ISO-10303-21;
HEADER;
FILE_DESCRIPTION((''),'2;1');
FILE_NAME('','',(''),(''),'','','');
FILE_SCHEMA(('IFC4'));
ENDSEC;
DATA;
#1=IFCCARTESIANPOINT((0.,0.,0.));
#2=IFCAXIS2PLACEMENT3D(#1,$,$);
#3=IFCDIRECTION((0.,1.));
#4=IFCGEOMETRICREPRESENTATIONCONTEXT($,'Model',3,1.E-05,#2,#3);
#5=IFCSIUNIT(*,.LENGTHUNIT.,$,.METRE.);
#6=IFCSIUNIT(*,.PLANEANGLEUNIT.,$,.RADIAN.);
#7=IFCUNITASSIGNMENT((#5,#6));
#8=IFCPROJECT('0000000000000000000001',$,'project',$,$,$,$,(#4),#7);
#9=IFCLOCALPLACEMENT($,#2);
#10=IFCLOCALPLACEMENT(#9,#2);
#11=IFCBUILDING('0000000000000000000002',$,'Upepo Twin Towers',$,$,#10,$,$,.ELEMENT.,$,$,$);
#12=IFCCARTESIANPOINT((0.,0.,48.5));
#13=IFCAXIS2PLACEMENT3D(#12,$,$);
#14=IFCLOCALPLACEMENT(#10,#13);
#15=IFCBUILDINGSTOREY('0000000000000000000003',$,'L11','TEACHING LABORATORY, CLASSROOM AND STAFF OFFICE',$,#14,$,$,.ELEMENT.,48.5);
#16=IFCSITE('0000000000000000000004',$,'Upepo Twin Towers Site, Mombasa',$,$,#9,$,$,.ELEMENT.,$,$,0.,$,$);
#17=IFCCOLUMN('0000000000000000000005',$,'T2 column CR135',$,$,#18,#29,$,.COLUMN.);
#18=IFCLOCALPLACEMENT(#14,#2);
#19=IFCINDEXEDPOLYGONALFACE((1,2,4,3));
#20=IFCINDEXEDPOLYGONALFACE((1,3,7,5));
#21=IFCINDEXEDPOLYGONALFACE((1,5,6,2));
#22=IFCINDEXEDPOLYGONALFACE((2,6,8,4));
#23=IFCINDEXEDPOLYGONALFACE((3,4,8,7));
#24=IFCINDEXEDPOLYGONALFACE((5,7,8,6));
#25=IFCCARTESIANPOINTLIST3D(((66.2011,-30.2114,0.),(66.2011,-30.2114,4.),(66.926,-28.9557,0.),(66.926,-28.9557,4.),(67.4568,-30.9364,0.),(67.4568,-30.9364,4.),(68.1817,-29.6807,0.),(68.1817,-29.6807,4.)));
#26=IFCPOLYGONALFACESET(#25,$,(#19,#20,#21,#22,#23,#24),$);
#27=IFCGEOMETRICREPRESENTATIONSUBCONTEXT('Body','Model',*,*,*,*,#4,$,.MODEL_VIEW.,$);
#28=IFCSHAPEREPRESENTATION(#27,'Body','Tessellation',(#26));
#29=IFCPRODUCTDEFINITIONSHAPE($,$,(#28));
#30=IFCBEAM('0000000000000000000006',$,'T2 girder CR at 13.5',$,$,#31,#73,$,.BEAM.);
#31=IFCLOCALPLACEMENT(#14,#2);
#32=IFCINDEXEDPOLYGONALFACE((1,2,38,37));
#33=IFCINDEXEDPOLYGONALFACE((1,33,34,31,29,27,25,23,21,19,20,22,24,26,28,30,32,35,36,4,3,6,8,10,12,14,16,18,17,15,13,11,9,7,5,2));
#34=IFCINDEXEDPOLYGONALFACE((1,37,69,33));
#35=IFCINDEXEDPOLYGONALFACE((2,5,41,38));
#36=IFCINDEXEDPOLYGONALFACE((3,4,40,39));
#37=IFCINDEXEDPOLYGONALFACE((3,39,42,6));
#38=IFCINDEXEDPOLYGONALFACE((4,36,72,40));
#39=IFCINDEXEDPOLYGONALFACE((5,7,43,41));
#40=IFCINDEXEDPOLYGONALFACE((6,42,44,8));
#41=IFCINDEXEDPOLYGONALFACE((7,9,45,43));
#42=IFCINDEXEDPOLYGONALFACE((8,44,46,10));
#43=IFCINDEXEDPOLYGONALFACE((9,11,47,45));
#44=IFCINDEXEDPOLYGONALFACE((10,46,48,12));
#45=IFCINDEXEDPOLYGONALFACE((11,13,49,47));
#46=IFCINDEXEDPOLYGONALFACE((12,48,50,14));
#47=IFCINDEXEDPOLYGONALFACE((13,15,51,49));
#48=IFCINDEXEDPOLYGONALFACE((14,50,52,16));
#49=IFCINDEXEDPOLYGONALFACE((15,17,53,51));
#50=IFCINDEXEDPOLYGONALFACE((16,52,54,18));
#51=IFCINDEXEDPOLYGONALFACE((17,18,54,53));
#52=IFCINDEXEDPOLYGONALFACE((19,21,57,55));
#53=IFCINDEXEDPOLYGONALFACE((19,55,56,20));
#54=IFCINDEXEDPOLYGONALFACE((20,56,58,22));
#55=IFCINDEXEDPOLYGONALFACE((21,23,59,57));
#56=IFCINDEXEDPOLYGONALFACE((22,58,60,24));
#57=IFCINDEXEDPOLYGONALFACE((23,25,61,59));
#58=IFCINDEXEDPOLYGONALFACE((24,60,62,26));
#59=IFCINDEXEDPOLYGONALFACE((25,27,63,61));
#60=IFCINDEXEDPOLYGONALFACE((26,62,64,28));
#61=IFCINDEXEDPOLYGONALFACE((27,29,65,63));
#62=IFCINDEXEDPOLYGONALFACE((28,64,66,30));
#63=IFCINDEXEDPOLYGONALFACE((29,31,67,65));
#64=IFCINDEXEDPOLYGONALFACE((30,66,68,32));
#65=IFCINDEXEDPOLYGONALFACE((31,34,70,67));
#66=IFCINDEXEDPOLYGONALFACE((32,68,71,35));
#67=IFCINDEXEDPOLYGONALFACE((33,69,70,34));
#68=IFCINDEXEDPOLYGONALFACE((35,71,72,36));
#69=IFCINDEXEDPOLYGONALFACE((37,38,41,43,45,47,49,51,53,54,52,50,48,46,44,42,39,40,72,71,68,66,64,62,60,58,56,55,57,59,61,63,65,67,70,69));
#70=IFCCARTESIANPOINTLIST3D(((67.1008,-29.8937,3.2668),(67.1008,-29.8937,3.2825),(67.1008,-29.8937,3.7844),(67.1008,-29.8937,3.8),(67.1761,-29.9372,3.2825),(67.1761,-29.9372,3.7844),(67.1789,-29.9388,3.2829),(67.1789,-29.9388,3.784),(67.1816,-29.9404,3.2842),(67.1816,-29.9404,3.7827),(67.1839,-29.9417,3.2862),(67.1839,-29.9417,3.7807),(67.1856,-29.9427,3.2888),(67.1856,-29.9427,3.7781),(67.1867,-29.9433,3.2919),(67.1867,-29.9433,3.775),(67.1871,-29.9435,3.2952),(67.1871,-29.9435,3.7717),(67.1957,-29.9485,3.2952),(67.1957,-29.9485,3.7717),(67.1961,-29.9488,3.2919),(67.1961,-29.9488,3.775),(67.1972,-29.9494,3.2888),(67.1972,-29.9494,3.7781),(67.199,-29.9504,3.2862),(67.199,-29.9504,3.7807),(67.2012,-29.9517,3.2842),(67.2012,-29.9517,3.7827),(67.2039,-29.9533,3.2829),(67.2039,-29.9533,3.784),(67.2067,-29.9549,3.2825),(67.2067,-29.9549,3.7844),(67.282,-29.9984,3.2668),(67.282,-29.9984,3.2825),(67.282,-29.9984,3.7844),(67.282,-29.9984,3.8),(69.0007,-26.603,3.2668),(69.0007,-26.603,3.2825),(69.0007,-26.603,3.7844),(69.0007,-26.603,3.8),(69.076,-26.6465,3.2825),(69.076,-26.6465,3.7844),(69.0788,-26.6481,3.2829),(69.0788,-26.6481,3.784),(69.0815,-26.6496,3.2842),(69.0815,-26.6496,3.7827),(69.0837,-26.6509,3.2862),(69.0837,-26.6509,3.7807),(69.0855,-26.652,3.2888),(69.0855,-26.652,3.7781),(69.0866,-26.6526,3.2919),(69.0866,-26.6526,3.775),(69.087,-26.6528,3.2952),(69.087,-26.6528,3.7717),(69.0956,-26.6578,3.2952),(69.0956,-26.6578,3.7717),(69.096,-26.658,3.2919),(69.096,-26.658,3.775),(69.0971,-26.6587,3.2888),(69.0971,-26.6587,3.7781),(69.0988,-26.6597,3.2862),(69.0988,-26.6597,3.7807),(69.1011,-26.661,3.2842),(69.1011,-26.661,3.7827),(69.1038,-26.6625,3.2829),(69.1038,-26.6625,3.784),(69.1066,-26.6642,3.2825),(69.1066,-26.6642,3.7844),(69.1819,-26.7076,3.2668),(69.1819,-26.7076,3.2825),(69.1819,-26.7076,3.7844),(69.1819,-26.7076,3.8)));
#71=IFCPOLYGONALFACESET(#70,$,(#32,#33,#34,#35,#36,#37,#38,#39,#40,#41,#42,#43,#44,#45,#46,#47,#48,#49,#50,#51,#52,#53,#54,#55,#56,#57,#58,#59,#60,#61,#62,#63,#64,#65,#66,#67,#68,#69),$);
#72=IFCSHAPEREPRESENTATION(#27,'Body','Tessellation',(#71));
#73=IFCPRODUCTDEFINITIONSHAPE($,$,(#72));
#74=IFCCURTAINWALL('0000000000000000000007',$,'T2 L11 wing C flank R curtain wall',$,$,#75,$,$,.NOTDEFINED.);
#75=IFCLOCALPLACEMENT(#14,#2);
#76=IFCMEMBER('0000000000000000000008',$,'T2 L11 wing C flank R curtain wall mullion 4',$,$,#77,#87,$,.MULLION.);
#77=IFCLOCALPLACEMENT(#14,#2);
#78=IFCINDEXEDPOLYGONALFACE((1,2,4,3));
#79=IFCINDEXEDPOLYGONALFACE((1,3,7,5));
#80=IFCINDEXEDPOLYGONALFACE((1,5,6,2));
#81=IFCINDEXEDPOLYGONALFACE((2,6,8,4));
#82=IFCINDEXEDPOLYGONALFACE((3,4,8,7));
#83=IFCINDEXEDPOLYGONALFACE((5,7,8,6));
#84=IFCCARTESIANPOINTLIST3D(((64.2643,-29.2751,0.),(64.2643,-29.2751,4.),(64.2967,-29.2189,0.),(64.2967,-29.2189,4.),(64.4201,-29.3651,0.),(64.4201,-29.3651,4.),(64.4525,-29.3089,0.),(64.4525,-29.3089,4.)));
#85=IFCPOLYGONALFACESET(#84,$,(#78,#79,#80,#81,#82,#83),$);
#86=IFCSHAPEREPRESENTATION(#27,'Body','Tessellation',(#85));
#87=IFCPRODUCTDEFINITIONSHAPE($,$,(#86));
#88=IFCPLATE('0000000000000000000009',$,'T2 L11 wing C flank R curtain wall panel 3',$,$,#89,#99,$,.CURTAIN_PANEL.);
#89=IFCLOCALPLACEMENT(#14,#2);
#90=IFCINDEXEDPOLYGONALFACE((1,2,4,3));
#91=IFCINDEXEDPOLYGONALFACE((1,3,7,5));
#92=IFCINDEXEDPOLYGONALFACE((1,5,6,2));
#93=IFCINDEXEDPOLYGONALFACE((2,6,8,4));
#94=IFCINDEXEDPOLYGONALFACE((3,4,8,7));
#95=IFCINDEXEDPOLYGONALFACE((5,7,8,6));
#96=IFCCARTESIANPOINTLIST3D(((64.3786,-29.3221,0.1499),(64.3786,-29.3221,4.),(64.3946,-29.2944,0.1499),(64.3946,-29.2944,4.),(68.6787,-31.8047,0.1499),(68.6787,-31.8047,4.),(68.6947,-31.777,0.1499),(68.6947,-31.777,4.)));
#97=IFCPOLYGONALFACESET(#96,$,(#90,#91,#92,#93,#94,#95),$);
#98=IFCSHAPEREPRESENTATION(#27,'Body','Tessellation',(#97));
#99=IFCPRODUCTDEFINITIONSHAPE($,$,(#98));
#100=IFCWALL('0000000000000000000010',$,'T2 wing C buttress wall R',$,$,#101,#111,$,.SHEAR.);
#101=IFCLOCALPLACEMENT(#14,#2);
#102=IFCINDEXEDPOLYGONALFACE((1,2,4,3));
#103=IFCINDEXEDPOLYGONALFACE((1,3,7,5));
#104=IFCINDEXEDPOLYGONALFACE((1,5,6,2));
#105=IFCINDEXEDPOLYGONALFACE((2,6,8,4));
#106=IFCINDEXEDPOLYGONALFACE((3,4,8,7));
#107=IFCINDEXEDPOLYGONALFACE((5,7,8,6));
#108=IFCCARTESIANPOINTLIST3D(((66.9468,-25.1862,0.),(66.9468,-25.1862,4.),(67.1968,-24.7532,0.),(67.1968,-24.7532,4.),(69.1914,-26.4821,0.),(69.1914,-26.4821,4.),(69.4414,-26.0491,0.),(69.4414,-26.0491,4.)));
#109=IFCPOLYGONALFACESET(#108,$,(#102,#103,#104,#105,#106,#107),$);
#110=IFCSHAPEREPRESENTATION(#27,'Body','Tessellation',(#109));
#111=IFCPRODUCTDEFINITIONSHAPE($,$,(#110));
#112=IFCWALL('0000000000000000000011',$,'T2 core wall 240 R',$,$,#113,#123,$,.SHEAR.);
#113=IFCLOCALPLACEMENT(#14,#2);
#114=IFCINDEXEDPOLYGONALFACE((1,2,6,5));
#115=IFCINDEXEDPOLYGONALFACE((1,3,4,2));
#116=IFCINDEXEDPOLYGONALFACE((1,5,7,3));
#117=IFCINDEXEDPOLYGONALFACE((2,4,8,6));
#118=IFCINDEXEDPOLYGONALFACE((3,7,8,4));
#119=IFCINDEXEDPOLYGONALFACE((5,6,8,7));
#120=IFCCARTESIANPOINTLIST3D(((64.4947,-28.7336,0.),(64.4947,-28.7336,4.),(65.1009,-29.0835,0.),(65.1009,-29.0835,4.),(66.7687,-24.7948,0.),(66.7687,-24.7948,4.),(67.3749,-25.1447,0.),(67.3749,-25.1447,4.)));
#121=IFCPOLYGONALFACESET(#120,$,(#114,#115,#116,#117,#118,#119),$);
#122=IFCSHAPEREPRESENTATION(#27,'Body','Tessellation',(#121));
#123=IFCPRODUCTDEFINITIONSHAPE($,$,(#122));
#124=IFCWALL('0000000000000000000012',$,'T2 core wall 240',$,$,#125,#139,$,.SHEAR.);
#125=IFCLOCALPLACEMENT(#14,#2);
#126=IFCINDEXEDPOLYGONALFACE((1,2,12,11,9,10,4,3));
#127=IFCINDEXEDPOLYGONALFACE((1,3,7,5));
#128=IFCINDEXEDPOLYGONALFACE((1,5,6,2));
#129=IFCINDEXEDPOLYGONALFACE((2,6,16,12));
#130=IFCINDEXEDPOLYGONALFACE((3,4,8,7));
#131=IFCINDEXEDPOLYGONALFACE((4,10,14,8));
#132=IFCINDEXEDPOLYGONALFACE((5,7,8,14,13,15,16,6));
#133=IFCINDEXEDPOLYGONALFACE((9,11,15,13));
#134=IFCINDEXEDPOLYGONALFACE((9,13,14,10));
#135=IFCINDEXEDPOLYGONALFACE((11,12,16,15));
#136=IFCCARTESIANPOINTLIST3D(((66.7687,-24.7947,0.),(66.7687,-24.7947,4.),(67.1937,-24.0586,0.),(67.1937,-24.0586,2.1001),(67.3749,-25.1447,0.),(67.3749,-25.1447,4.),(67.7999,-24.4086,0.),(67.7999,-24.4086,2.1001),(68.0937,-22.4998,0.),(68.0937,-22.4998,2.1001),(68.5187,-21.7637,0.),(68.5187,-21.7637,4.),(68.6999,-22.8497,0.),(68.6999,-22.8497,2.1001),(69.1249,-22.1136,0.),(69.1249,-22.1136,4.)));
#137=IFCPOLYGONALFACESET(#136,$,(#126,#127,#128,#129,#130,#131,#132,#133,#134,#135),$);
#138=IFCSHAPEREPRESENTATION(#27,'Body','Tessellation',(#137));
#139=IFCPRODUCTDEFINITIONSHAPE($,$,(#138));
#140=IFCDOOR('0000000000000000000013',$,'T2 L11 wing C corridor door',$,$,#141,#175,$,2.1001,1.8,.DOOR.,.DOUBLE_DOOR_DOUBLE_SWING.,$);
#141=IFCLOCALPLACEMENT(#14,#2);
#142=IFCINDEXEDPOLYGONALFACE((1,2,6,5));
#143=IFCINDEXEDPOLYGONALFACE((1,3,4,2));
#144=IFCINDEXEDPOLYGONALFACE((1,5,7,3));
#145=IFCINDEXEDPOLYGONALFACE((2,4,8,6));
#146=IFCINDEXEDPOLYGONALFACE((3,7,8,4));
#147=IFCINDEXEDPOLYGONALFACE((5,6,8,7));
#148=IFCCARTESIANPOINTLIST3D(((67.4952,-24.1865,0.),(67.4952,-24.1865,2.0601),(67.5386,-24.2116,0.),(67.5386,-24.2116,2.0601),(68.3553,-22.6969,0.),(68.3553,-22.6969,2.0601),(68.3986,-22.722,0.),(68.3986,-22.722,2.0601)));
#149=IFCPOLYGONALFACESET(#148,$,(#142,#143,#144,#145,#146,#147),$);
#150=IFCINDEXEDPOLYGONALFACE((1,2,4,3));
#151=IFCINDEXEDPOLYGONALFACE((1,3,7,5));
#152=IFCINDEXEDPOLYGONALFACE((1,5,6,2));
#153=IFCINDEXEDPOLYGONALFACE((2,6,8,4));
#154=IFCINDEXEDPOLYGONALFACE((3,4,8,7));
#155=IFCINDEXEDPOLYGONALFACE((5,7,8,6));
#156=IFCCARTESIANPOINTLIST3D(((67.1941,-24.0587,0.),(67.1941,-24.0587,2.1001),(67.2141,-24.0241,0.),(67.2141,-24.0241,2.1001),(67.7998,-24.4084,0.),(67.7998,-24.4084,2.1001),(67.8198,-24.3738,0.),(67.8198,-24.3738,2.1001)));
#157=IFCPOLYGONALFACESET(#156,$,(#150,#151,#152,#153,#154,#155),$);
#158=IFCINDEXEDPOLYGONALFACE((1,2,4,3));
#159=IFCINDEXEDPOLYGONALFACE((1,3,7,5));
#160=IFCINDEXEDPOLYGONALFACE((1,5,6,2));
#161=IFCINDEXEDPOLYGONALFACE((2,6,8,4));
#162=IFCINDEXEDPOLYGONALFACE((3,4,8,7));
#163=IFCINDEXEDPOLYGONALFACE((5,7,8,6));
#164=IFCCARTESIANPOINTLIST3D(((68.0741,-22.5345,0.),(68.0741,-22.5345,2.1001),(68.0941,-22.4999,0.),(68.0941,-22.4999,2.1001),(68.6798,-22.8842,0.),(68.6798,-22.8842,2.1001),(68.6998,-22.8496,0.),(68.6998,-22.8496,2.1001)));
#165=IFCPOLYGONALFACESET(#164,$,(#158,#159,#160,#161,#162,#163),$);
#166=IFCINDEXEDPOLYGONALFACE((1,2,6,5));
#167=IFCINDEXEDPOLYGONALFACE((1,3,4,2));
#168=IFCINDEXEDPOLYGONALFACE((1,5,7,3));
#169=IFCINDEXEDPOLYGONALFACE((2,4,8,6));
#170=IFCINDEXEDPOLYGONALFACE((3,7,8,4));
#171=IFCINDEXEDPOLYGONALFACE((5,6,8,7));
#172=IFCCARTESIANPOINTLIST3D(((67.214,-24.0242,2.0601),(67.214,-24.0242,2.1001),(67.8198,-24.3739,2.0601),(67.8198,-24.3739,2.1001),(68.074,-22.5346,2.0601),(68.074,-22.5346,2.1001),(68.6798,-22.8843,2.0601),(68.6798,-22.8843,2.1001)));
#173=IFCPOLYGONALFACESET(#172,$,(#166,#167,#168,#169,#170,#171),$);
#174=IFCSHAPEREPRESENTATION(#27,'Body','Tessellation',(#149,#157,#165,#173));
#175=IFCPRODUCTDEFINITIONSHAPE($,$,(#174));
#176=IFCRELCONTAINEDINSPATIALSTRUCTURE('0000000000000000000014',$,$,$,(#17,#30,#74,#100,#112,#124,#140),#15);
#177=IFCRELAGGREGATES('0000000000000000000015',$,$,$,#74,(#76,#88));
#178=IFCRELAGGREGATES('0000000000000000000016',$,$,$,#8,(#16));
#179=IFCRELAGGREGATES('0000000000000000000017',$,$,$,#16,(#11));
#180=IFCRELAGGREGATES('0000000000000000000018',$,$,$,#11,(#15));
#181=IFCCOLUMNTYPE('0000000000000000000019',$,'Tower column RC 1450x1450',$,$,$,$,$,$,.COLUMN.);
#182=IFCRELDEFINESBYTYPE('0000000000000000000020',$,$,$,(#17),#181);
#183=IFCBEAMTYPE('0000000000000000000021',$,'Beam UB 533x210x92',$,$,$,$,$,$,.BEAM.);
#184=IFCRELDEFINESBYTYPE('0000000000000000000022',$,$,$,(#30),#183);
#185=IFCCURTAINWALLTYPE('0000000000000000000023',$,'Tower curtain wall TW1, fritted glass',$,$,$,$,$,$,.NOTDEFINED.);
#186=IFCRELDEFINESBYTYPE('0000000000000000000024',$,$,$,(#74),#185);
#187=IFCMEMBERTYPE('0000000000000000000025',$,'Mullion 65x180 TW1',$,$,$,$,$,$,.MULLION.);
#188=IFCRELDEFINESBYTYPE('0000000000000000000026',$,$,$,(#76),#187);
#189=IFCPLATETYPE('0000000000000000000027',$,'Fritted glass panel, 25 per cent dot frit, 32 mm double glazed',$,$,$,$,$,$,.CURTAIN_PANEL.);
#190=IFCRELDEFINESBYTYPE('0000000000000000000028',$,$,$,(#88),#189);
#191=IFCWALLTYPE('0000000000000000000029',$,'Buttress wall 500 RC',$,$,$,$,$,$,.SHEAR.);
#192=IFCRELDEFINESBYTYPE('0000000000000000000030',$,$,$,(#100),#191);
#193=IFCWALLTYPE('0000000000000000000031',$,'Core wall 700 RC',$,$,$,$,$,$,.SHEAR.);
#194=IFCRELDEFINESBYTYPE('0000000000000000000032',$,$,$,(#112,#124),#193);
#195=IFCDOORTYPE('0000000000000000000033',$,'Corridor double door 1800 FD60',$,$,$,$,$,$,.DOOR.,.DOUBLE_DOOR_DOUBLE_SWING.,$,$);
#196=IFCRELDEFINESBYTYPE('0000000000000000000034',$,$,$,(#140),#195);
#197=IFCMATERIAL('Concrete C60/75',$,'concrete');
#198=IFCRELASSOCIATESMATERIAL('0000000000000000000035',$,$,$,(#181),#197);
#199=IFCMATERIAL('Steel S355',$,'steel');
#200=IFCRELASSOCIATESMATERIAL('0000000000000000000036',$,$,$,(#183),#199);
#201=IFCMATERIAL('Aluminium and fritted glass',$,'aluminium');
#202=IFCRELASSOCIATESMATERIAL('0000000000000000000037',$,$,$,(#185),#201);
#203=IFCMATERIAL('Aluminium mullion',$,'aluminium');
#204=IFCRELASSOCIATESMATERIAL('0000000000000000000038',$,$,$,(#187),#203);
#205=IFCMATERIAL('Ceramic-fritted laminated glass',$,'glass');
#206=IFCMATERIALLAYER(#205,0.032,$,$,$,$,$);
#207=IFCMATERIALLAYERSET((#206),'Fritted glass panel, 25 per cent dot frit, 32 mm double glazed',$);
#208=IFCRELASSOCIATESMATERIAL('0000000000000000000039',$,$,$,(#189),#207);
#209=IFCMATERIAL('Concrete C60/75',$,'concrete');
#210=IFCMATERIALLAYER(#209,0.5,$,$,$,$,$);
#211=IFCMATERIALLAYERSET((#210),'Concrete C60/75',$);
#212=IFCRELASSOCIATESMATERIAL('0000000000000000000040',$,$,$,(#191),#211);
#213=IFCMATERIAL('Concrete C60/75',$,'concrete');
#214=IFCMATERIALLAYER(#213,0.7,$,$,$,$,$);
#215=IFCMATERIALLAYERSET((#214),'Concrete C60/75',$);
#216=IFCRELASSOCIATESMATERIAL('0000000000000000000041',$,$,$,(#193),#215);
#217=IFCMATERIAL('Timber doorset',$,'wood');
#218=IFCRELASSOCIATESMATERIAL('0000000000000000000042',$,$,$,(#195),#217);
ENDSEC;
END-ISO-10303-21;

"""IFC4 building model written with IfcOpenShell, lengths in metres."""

from ifc_helpers import new_model, si_unit, direction, frame, frame_2d, origin, origin_2d, place, context, subcontext, project, spatial, rectangle, i_section, extrude, material, layer, layer_set, material_profile, profile_set, type_object, element, fill, aggregate, save


model = new_model("IFC4")

# Units and contexts
model_context = context("Model", 3, precision=1e-05, world=origin(), true_north=direction((0.0, 1.0)))
body_context = subcontext(model_context, "Body", "Model", "MODEL_VIEW")
ifc_project = project(units=[si_unit("LENGTHUNIT", "METRE"), si_unit("PLANEANGLEUNIT", "RADIAN")], contexts=[model_context])

# Site, building, storey
site_placement = place(None, origin())
site = spatial("IfcSite", under=ifc_project, at=site_placement, Name="Upepo Twin Towers Site, Mombasa", CompositionType="ELEMENT", RefElevation=0.0)
building_placement = place(site_placement, origin())
building = spatial("IfcBuilding", under=site, at=building_placement, Name="Upepo Twin Towers", CompositionType="ELEMENT")
storey_placement = place(building_placement, frame((0.0, 0.0, 48.5)))
storey = spatial("IfcBuildingStorey", under=building, at=storey_placement, Name="L11", Description="TEACHING LABORATORY, CLASSROOM AND STAFF OFFICE", CompositionType="ELEMENT", Elevation=48.5)

# Column
ifc_material_1 = material(Name="Concrete C60/75", Category="concrete")
ifc_material_profile_1 = material_profile(ifc_material_1, rectangle(XDim=1.45, YDim=1.45, at=origin_2d()), Name="RC 1450x1450")
ifc_profile_set_1 = profile_set([ifc_material_profile_1], Name="Concrete C60/75")
column_type = type_object("IfcColumnType", Name="Tower column RC 1450x1450", PredefinedType="COLUMN", material=ifc_profile_set_1)
column_placement = place(storey_placement, frame((67.1914, -29.946, 0.0), z_axis=(0.0, 0.0, 1.0), x_axis=(0.5, 0.866025, 0.0)))
element("IfcColumn", 1, at=column_placement, inside=storey, type_object=column_type, Name="T2 column CR135", PredefinedType="COLUMN", context=body_context, shape_type="SweptSolid", body=[
    extrude(rectangle(XDim=1.45, YDim=1.45, at=origin_2d()), origin(), (0.0, 0.0, 1.0), 4.0),
])

# Beam
ifc_material_2 = material(Name="Steel S355", Category="steel")
ifc_material_profile_2 = material_profile(ifc_material_2, i_section(OverallWidth=0.2092, OverallDepth=0.5332, WebThickness=0.01, FlangeThickness=0.0156, FilletRadius=0.0127, at=origin_2d()), Name="UB 533x210x92")
ifc_profile_set_2 = profile_set([ifc_material_profile_2], Name="Steel S355")
beam_type = type_object("IfcBeamType", Name="Beam UB 533x210x92", PredefinedType="BEAM", material=ifc_profile_set_2)
beam_placement = place(storey_placement, frame((67.1914, -29.946, 3.5334), z_axis=(0.499995, 0.866028, 0.0), x_axis=(-0.866028, 0.499995, 0.0)))
element("IfcBeam", 2, at=beam_placement, inside=storey, type_object=beam_type, Name="T2 girder CR at 13.5", PredefinedType="BEAM", context=body_context, shape_type="SweptSolid", body=[
    extrude(i_section(OverallWidth=0.2092, OverallDepth=0.5332, WebThickness=0.01, FlangeThickness=0.0156, FilletRadius=0.0127, at=origin_2d()), origin(), (0.0, 0.0, 1.0), 3.7998),
])

# Curtain wall, member, plate
ifc_material_3 = material(Name="Aluminium and fritted glass", Category="aluminium")
curtain_wall_type = type_object("IfcCurtainWallType", Name="Tower curtain wall TW1, fritted glass", PredefinedType="NOTDEFINED", material=ifc_material_3)
curtain_wall_placement = place(storey_placement, origin())
curtain_wall = element("IfcCurtainWall", 3, at=curtain_wall_placement, inside=storey, type_object=curtain_wall_type, Name="T2 L11 wing C flank R curtain wall", PredefinedType="NOTDEFINED")
ifc_material_4 = material(Name="Aluminium mullion", Category="aluminium")
ifc_material_profile_3 = material_profile(ifc_material_4, rectangle(XDim=0.0649, YDim=0.1799, at=origin_2d()), Name="MULLION 65x180")
ifc_profile_set_3 = profile_set([ifc_material_profile_3], Name="Aluminium mullion")
member_type = type_object("IfcMemberType", Name="Mullion 65x180 TW1", PredefinedType="MULLION", material=ifc_profile_set_3)
member_placement = place(storey_placement, frame((64.3584, -29.292, 0.0), z_axis=(0.0, 0.0, 1.0), x_axis=(-0.5, -0.866025, 0.0)))
member = element("IfcMember", 4, at=member_placement, type_object=member_type, Name="T2 L11 wing C flank R curtain wall mullion 4", PredefinedType="MULLION", context=body_context, shape_type="SweptSolid", body=[
    extrude(rectangle(XDim=0.0649, YDim=0.1799, at=origin_2d()), origin(), (0.0, 0.0, 1.0), 4.0),
])
ifc_material_5 = material(Name="Ceramic-fritted laminated glass", Category="glass")
ifc_layer_1 = layer(ifc_material_5, 0.032)
ifc_layer_set_1 = layer_set([ifc_layer_1], Name="Fritted glass panel, 25 per cent dot frit, 32 mm double glazed")
plate_type = type_object("IfcPlateType", Name="Fritted glass panel, 25 per cent dot frit, 32 mm double glazed", PredefinedType="CURTAIN_PANEL", material=ifc_layer_set_1)
plate_placement = place(storey_placement, frame((66.5366, -30.5496, 0.1499), z_axis=(0.0, 0.0, 1.0), x_axis=(-0.866025, 0.5, 0.0)))
plate = element("IfcPlate", 5, at=plate_placement, type_object=plate_type, Name="T2 L11 wing C flank R curtain wall panel 3", PredefinedType="CURTAIN_PANEL", context=body_context, shape_type="SweptSolid", body=[
    extrude(rectangle(XDim=4.9653, YDim=0.032, at=origin_2d()), origin(), (0.0, 0.0, 1.0), 3.8501),
])
aggregate(curtain_wall, [member, plate])

# Walls
ifc_material_6 = material(Name="Concrete C60/75", Category="concrete")
ifc_layer_2 = layer(ifc_material_6, 0.5)
ifc_layer_set_2 = layer_set([ifc_layer_2], Name="Concrete C60/75")
wall_type_1 = type_object("IfcWallType", Name="Buttress wall 500 RC", PredefinedType="SHEAR", material=ifc_layer_set_2)
wall_1_placement = place(storey_placement, frame((67.0718, -24.9697, 0.0), z_axis=(0.0, 0.0, 1.0), x_axis=(0.866032, -0.499989, 0.0)))
element("IfcWall", 6, at=wall_1_placement, inside=storey, type_object=wall_type_1, Name="T2 wing C buttress wall R", PredefinedType="SHEAR", context=body_context, shape_type="SweptSolid", body=[
    extrude(rectangle(XDim=2.5918, YDim=0.5, at=frame_2d((1.2959, 0.0))), origin(), (0.0, 0.0, 1.0), 4.0),
])
ifc_material_7 = material(Name="Concrete C60/75", Category="concrete")
ifc_layer_3 = layer(ifc_material_7, 0.7)
ifc_layer_set_3 = layer_set([ifc_layer_3], Name="Concrete C60/75")
wall_type_2 = type_object("IfcWallType", Name="Core wall 700 RC", PredefinedType="SHEAR", material=ifc_layer_set_3)
wall_2_placement = place(storey_placement, frame((64.7979, -28.9084, 0.0), z_axis=(0.0, 0.0, 1.0), x_axis=(0.499984, 0.866035, 0.0)))
element("IfcWall", 7, at=wall_2_placement, inside=storey, type_object=wall_type_2, Name="T2 core wall 240 R", PredefinedType="SHEAR", context=body_context, shape_type="SweptSolid", body=[
    extrude(rectangle(XDim=4.5481, YDim=0.7, at=frame_2d((2.2739, 0.0))), origin(), (0.0, 0.0, 1.0), 4.0),
])

# Wall, opening, door
wall_3_placement = place(storey_placement, frame((67.0718, -24.9697, 0.0), z_axis=(0.0, 0.0, 1.0), x_axis=(0.50001, 0.866019, 0.0)))
wall_3 = element("IfcWall", 8, at=wall_3_placement, inside=storey, type_object=wall_type_2, Name="T2 core wall 240", PredefinedType="SHEAR", context=body_context, shape_type="SweptSolid", body=[
    extrude(rectangle(XDim=3.5, YDim=0.7, at=frame_2d((1.75, 0.0))), origin(), (0.0, 0.0, 1.0), 4.0),
])
opening_1_placement = place(wall_3_placement, frame((0.8501, 0.0, 0.0)))
opening_1 = element("IfcOpeningElement", 9, at=opening_1_placement, cuts=wall_3, PredefinedType="OPENING", context=body_context, shape_type="SweptSolid", body=[
    extrude(rectangle(XDim=1.8, YDim=2.1001, at=frame_2d((0.8999, 1.05))), frame((0.0, 0.3599, 0.0), z_axis=(0.0, -1.0, 0.0), x_axis=(1.0, 0.0, 0.0)), (0.0, 0.0, 1.0), 0.72),
])
ifc_material_8 = material(Name="Timber doorset", Category="wood")
door_type_1 = type_object("IfcDoorType", Name="Corridor double door 1800 FD60", OperationType="DOUBLE_DOOR_DOUBLE_SWING", PredefinedType="DOOR", material=ifc_material_8)
door_1_placement = place(opening_1_placement, origin())
door_1 = element("IfcDoor", 10, at=door_1_placement, inside=storey, type_object=door_type_1, Name="T2 L11 wing C corridor door", OperationType="DOUBLE_DOOR_DOUBLE_SWING", OverallHeight=2.1001, OverallWidth=1.8, PredefinedType="DOOR", context=body_context, shape_type="SweptSolid", body=[
    extrude(rectangle(XDim=1.72, YDim=2.0601, at=frame_2d((0.8999, 1.03))), frame((0.0, 0.0249, 0.0), z_axis=(0.0, -1.0, 0.0), x_axis=(1.0, 0.0, 0.0)), (0.0, 0.0, 1.0), 0.05),
    extrude(rectangle(XDim=0.04, YDim=2.1001, at=frame_2d((0.02, 1.05))), frame((0.0, 0.3496, 0.0), z_axis=(0.0, -1.0, 0.0), x_axis=(1.0, 0.0, 0.0)), (0.0, 0.0, 1.0), 0.6995),
    extrude(rectangle(XDim=0.04, YDim=2.1001, at=frame_2d((1.78, 1.05))), frame((0.0, 0.3496, 0.0), z_axis=(0.0, -1.0, 0.0), x_axis=(1.0, 0.0, 0.0)), (0.0, 0.0, 1.0), 0.6995),
    extrude(rectangle(XDim=1.72, YDim=0.04, at=frame_2d((0.8999, 2.0801))), frame((0.0, 0.3496, 0.0), z_axis=(0.0, -1.0, 0.0), x_axis=(1.0, 0.0, 0.0)), (0.0, 0.0, 1.0), 0.6995),
])
fill(opening_1, door_1)

save(model, "model.ifc")
